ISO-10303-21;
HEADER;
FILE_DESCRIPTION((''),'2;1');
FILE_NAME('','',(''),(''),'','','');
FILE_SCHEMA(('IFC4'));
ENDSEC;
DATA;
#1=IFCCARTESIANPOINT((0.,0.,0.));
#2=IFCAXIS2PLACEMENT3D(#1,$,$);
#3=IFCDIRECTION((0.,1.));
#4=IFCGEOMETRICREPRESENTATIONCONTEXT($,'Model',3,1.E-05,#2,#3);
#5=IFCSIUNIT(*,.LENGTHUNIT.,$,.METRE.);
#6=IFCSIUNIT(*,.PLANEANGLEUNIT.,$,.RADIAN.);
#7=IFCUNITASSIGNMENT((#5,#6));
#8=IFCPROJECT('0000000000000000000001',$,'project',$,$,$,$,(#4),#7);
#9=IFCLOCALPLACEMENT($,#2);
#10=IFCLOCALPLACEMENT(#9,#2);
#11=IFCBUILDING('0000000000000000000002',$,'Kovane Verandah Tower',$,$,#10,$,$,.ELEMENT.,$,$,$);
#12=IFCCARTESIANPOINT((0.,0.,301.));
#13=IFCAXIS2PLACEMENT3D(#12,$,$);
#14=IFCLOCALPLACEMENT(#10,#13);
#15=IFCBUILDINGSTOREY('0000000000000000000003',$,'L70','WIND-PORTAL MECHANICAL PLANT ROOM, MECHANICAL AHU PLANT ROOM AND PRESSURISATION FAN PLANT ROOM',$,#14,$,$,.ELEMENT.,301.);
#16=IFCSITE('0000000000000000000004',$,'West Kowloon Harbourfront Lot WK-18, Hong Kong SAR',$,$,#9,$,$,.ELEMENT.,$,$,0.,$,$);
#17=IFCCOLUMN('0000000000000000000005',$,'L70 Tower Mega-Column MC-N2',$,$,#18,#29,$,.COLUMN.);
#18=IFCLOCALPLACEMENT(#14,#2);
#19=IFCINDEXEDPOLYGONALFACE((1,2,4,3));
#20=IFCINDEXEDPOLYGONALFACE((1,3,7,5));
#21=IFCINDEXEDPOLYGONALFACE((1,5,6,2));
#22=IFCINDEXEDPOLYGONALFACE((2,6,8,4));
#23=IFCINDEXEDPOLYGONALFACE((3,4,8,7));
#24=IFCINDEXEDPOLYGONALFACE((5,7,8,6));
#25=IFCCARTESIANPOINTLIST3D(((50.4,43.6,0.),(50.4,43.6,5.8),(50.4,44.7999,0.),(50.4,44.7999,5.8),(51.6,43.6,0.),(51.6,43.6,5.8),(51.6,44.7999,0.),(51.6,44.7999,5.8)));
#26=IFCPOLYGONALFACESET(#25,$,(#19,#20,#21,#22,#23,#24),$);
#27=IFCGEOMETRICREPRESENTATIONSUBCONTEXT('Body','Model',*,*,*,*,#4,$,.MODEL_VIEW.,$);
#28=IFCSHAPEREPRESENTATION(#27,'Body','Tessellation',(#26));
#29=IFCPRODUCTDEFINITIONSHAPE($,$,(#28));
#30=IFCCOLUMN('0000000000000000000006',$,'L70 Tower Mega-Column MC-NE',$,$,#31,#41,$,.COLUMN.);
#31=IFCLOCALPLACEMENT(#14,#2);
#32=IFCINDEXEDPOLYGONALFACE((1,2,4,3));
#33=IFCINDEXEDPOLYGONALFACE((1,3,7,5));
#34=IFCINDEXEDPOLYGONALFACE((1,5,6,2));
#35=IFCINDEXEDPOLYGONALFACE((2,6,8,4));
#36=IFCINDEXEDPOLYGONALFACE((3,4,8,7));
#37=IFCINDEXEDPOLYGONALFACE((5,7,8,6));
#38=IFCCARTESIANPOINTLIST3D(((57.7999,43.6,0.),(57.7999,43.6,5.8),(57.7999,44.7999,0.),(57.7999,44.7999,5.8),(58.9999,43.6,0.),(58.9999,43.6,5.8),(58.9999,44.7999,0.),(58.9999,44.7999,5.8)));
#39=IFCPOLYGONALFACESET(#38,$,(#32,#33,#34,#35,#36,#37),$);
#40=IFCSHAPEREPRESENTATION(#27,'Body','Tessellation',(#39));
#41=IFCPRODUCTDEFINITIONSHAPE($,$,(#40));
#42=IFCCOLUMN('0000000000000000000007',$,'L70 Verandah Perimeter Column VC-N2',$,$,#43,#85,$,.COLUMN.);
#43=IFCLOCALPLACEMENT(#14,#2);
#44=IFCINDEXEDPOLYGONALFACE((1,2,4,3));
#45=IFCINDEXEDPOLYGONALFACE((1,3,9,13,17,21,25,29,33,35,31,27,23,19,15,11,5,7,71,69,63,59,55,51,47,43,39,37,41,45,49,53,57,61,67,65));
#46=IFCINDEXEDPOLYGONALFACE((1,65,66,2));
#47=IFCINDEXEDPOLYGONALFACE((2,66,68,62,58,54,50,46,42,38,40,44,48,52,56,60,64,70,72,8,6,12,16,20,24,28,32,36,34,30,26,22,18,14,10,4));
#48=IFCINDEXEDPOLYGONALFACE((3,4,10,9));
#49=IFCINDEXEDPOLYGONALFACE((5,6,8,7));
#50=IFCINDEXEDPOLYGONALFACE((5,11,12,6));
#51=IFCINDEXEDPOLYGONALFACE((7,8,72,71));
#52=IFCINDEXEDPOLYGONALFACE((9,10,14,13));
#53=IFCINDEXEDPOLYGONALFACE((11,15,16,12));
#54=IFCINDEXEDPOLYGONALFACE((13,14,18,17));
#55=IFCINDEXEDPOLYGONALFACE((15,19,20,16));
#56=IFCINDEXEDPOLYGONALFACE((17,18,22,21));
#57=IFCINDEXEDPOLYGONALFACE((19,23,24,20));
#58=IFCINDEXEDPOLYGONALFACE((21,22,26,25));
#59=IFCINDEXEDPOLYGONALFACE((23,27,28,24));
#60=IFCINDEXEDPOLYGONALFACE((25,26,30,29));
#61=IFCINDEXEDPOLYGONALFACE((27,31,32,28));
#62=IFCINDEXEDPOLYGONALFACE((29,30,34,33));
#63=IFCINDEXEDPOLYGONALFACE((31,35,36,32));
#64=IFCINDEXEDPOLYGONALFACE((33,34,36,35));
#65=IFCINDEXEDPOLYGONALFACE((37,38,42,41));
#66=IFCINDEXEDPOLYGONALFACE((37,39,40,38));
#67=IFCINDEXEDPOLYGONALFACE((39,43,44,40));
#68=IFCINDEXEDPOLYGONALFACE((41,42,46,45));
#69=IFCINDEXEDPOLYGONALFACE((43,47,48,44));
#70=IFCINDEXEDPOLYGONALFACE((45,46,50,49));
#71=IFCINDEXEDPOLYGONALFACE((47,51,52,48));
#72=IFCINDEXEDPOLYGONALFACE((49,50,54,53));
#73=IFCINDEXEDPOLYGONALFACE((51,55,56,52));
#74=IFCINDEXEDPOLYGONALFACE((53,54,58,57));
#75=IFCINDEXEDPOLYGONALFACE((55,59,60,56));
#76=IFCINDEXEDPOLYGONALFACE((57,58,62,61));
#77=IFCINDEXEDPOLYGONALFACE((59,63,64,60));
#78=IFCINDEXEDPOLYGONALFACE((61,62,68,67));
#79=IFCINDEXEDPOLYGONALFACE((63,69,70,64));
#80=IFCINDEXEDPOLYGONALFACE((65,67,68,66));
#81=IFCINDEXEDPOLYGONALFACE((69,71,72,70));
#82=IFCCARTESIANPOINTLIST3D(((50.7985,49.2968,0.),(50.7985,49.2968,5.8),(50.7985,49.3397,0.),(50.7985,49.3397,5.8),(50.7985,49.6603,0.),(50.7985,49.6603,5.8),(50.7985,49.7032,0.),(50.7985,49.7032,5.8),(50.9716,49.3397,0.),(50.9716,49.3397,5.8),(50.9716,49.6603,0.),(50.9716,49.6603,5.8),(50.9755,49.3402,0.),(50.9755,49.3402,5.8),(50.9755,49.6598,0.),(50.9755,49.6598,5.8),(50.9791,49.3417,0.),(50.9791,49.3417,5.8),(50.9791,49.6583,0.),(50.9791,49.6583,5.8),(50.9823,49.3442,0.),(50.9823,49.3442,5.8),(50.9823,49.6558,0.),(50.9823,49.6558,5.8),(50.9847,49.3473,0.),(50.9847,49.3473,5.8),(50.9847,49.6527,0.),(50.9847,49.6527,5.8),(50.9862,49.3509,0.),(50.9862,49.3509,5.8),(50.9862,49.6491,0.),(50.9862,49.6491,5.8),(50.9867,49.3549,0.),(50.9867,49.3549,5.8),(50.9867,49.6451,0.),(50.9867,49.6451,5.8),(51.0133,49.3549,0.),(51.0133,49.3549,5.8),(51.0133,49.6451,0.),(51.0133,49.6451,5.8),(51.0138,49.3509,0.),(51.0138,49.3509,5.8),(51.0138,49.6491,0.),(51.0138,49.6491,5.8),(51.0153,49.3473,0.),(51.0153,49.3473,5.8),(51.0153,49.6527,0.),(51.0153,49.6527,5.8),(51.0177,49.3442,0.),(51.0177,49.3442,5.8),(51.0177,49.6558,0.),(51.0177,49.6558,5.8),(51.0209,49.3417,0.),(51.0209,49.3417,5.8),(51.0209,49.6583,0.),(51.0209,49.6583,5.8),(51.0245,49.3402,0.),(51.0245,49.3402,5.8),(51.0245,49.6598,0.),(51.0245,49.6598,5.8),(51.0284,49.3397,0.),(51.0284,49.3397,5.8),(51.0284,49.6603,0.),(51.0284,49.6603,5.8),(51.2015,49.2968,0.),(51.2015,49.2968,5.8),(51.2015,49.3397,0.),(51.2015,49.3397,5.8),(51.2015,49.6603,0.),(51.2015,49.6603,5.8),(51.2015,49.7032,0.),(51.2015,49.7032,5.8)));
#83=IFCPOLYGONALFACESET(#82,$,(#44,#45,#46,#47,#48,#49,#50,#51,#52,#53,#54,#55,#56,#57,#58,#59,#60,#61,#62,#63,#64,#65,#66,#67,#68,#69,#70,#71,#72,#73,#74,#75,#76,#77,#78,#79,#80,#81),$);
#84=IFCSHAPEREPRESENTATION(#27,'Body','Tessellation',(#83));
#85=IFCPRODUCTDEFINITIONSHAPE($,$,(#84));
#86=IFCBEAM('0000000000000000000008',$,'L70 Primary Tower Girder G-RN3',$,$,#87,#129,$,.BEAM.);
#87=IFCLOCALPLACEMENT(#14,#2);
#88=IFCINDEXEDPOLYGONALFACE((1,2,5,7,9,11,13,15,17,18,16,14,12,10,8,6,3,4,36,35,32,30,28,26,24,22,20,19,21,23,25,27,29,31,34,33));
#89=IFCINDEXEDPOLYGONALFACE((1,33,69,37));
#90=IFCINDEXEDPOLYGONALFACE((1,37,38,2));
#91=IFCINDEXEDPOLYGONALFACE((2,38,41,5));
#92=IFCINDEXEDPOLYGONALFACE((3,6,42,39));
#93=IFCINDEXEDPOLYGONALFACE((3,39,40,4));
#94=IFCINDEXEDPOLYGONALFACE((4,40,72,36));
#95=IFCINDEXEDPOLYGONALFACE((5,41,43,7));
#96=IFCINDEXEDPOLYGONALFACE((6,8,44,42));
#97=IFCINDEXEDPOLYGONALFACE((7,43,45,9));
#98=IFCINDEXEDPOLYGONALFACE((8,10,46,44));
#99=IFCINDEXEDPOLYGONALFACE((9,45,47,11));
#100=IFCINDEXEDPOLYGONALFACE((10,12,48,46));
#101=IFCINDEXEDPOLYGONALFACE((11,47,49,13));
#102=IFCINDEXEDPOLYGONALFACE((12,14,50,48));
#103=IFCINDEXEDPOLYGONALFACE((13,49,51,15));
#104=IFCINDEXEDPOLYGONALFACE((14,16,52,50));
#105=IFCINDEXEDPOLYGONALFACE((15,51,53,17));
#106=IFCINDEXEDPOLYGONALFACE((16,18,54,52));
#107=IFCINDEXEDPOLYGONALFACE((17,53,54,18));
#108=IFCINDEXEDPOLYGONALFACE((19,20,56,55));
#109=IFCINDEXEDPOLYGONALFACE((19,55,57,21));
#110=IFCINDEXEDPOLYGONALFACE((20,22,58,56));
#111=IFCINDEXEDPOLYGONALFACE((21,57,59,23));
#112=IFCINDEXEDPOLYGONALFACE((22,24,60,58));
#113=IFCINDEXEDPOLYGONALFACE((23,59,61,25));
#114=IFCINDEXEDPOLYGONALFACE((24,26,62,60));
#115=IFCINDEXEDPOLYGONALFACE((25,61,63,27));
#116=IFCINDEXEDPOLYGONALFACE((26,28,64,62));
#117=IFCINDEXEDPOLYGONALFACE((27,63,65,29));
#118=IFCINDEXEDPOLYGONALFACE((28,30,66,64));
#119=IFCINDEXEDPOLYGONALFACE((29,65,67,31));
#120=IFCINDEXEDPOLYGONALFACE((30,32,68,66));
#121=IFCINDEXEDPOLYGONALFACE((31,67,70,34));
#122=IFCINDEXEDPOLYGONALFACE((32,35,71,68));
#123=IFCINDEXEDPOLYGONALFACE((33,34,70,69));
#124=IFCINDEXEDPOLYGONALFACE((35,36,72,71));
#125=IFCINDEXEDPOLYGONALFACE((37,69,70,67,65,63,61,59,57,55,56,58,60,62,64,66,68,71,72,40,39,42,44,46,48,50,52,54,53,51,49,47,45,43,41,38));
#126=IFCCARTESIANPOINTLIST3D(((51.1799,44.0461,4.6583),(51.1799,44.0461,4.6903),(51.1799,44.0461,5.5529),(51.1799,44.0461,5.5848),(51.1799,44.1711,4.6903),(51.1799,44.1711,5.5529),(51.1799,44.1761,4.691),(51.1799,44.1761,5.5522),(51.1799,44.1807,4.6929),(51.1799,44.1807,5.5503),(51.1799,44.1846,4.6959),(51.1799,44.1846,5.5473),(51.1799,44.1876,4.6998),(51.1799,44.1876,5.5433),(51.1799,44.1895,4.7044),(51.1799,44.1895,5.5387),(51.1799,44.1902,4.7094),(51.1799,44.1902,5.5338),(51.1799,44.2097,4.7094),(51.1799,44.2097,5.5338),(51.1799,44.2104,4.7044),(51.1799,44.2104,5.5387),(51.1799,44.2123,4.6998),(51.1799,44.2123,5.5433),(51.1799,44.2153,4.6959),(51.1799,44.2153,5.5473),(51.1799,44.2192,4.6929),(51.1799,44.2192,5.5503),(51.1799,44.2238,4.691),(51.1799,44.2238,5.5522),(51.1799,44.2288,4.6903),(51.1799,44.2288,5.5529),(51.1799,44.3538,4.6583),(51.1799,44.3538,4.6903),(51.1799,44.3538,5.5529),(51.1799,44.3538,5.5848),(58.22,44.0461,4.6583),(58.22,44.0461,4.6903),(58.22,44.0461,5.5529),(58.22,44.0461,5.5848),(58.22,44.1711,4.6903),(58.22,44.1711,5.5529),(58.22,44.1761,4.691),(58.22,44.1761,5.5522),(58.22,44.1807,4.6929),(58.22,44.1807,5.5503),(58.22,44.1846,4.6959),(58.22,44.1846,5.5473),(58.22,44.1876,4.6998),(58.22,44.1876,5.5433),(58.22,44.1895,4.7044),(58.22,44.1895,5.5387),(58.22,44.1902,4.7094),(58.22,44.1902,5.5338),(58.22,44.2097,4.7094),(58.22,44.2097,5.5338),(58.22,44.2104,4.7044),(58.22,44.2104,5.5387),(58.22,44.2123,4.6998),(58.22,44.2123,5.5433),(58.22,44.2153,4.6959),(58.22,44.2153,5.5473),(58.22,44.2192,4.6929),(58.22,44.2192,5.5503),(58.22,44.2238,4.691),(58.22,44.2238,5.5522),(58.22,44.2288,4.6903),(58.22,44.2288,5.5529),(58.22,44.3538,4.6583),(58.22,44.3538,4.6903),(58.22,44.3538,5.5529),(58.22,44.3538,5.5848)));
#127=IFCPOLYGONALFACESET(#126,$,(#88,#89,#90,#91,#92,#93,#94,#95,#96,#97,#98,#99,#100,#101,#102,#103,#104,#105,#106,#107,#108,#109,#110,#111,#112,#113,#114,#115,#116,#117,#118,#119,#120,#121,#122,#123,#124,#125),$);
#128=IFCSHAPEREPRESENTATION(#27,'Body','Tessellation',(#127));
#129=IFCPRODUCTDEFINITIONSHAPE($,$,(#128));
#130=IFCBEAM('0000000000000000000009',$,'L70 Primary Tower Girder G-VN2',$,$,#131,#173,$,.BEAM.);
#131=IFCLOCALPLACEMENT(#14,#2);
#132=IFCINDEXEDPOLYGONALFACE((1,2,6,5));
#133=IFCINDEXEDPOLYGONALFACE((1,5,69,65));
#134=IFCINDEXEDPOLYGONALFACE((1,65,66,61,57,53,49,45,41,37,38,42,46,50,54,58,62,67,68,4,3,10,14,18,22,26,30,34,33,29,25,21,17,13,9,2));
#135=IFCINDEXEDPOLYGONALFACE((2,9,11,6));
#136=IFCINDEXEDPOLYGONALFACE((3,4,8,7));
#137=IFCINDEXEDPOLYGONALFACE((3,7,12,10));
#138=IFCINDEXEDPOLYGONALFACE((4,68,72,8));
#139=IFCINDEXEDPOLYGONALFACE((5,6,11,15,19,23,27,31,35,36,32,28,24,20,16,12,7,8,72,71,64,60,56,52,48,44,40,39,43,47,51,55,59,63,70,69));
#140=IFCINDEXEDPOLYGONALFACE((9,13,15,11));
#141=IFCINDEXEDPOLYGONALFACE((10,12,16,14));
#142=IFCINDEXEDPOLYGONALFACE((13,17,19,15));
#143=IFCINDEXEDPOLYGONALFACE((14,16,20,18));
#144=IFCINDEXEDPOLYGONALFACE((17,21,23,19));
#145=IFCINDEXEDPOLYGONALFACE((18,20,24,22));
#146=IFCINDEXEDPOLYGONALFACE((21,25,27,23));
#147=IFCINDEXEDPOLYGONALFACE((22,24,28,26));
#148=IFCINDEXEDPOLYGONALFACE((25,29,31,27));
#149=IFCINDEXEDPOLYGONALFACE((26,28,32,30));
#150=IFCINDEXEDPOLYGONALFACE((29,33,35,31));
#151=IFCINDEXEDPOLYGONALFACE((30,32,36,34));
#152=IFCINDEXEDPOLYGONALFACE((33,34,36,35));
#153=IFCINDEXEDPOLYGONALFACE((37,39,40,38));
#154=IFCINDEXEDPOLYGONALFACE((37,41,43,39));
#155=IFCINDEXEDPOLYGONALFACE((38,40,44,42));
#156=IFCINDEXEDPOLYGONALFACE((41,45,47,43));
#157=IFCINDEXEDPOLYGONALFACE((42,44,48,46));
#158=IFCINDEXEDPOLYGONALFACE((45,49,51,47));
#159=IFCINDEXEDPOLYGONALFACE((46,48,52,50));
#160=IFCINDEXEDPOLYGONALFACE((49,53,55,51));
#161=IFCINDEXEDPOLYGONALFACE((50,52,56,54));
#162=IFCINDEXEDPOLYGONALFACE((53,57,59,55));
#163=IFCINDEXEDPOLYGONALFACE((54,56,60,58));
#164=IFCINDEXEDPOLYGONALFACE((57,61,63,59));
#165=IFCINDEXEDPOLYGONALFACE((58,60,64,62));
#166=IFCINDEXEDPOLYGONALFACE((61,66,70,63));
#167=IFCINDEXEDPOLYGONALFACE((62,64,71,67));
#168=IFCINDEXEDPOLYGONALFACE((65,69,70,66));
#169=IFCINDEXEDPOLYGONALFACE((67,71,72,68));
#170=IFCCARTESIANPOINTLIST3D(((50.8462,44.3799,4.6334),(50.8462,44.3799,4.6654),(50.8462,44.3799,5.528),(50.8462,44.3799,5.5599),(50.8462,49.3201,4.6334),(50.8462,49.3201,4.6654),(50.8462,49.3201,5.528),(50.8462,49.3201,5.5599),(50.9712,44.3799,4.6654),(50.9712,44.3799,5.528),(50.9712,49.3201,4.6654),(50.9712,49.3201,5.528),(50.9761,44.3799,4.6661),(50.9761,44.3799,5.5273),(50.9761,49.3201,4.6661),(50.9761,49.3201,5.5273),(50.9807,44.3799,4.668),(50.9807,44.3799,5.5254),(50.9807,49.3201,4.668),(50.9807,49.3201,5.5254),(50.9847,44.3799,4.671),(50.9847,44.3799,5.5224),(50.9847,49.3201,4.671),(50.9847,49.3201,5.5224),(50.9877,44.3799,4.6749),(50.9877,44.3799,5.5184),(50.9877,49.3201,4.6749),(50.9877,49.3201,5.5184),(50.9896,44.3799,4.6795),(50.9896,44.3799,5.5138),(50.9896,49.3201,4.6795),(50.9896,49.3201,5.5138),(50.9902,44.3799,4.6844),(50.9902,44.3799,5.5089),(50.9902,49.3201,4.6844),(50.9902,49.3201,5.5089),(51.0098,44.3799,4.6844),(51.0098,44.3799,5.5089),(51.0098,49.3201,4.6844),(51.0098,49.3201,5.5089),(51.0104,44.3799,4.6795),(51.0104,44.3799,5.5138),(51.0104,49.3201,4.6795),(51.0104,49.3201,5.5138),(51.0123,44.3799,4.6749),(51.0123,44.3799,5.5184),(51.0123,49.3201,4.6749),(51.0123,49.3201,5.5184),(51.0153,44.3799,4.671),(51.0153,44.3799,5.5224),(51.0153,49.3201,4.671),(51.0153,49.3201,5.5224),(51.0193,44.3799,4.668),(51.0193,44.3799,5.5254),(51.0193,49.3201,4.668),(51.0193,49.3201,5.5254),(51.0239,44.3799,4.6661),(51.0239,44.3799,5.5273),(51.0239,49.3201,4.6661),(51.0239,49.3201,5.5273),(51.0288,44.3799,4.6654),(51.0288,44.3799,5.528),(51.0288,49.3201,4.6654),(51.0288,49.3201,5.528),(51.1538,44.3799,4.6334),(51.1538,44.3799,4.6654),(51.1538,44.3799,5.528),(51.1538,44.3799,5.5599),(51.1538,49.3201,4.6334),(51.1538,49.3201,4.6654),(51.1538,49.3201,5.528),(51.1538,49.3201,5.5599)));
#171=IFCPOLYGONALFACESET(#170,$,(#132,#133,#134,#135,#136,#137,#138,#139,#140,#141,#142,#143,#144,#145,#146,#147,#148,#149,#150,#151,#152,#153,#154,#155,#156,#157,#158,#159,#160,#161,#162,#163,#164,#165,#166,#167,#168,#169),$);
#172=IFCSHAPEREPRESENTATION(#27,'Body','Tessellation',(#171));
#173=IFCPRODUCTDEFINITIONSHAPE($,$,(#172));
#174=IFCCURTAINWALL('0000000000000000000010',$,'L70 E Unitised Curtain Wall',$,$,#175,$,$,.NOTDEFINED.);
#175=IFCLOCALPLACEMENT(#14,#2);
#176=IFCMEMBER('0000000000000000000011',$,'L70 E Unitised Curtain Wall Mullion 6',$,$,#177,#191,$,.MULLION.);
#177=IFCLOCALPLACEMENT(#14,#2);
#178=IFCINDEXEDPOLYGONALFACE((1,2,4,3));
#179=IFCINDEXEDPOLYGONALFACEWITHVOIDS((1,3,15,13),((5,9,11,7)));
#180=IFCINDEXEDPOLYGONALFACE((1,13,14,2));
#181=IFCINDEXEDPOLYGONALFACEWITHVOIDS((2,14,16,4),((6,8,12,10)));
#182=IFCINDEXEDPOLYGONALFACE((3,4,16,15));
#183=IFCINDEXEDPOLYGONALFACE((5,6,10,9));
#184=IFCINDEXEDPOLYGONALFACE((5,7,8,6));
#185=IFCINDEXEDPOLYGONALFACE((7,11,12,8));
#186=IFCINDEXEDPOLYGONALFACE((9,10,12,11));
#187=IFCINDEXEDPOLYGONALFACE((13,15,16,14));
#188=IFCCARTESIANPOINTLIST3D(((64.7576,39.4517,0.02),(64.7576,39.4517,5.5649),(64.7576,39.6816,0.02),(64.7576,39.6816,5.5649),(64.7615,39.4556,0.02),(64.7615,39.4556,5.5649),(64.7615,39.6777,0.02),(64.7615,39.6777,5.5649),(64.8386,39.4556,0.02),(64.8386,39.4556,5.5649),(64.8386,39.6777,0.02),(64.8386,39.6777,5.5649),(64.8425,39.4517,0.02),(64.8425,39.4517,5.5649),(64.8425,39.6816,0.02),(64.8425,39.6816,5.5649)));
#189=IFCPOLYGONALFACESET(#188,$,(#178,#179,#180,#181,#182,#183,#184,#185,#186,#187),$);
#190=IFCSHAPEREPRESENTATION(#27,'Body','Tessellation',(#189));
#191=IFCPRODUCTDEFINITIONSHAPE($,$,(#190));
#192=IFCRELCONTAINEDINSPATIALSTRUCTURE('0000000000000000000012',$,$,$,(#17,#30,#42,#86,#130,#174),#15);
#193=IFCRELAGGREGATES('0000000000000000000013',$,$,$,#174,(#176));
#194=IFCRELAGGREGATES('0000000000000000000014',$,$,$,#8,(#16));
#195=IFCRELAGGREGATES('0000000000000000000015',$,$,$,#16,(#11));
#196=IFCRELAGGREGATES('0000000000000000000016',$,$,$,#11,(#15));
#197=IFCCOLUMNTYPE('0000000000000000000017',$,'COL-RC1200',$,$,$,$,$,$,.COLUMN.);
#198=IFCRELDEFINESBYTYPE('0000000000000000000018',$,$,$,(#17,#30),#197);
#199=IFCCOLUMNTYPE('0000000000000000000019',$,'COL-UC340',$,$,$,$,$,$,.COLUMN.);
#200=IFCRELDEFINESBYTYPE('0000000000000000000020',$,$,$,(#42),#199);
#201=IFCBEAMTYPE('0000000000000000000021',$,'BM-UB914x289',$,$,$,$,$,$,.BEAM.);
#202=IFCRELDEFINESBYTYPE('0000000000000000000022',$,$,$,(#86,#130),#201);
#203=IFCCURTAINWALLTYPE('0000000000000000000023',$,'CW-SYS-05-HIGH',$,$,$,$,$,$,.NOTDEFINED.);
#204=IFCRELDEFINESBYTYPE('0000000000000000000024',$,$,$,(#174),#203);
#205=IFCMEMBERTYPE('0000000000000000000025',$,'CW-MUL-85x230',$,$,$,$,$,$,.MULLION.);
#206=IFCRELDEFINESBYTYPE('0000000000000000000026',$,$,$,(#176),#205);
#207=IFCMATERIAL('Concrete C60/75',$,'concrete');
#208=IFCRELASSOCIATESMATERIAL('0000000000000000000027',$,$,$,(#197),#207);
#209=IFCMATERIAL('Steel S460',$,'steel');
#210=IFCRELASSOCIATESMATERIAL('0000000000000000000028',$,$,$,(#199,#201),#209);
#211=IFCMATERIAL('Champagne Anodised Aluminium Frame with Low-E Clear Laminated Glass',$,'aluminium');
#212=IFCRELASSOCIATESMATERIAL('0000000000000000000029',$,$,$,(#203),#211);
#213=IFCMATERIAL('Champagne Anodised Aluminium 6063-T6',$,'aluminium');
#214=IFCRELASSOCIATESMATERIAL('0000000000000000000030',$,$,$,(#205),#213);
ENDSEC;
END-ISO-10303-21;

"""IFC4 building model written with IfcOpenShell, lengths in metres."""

from ifc_helpers import new_model, si_unit, direction, frame, origin, origin_2d, place, context, subcontext, project, spatial, rectangle, hollow_rectangle, i_section, extrude, material, material_profile, profile_set, type_object, element, aggregate, save


model = new_model("IFC4")

# Units and contexts
model_context = context("Model", 3, precision=1e-05, world=origin(), true_north=direction((0.0, 1.0)))
body_context = subcontext(model_context, "Body", "Model", "MODEL_VIEW")
ifc_project = project(units=[si_unit("LENGTHUNIT", "METRE"), si_unit("PLANEANGLEUNIT", "RADIAN")], contexts=[model_context])

# Site, building, storey
site_placement = place(None, origin())
site = spatial("IfcSite", under=ifc_project, at=site_placement, Name="West Kowloon Harbourfront Lot WK-18, Hong Kong SAR", CompositionType="ELEMENT", RefElevation=0.0)
building_placement = place(site_placement, origin())
building = spatial("IfcBuilding", under=site, at=building_placement, Name="Kovane Verandah Tower", CompositionType="ELEMENT")
storey_placement = place(building_placement, frame((0.0, 0.0, 301.0)))
storey = spatial("IfcBuildingStorey", under=building, at=storey_placement, Name="L70", Description="WIND-PORTAL MECHANICAL PLANT ROOM, MECHANICAL AHU PLANT ROOM AND PRESSURISATION FAN PLANT ROOM", CompositionType="ELEMENT", Elevation=301.0)

# Columns
ifc_material_1 = material(Name="Concrete C60/75", Category="concrete")
ifc_material_profile_1 = material_profile(ifc_material_1, rectangle(XDim=1.2, YDim=1.2, at=origin_2d()), Name="RC1200x1200")
ifc_profile_set_1 = profile_set([ifc_material_profile_1], Name="Concrete C60/75")
column_type_1 = type_object("IfcColumnType", Name="COL-RC1200", PredefinedType="COLUMN", material=ifc_profile_set_1)
for number, where, z_axis, x_axis, name in (
    (1, (51.0, 44.2, 0.0), (0.0, 0.0, 1.0), (1.0, 0.0, 0.0), "L70 Tower Mega-Column MC-N2"),
    (2, (58.3999, 44.2, 0.0), (0.0, 0.0, 1.0), (1.0, 0.0, 0.0), "L70 Tower Mega-Column MC-NE"),
):
    element("IfcColumn", number, at=place(storey_placement, frame(where, z_axis=z_axis, x_axis=x_axis)), inside=storey, type_object=column_type_1, Name=name, PredefinedType="COLUMN", context=body_context, shape_type="SweptSolid", body=[
        extrude(rectangle(XDim=1.2, YDim=1.2, at=origin_2d()), origin(), (0.0, 0.0, 1.0), 5.8),
    ])
ifc_material_2 = material(Name="Steel S460", Category="steel")
ifc_material_profile_2 = material_profile(ifc_material_2, i_section(OverallWidth=0.4031, OverallDepth=0.4065, WebThickness=0.0266, FlangeThickness=0.043, FilletRadius=0.0151, at=origin_2d()), Name="UC356x406x340")
ifc_profile_set_2 = profile_set([ifc_material_profile_2], Name="Steel S460")
column_type_2 = type_object("IfcColumnType", Name="COL-UC340", PredefinedType="COLUMN", material=ifc_profile_set_2)
column_placement = place(storey_placement, frame((51.0, 49.5, 0.0), z_axis=(0.0, 0.0, 1.0), x_axis=(1.0, 0.0, 0.0)))
element("IfcColumn", 3, at=column_placement, inside=storey, type_object=column_type_2, Name="L70 Verandah Perimeter Column VC-N2", PredefinedType="COLUMN", context=body_context, shape_type="SweptSolid", body=[
    extrude(i_section(OverallWidth=0.4031, OverallDepth=0.4065, WebThickness=0.0266, FlangeThickness=0.043, FilletRadius=0.0151, at=origin_2d()), origin(), (0.0, 0.0, 1.0), 5.8),
])

# Beams
ifc_material_profile_3 = material_profile(ifc_material_2, i_section(OverallWidth=0.3076, OverallDepth=0.9265, WebThickness=0.0195, FlangeThickness=0.032, FilletRadius=0.019, at=origin_2d()), Name="UB914x305x289")
ifc_profile_set_3 = profile_set([ifc_material_profile_3], Name="Steel S460")
beam_type = type_object("IfcBeamType", Name="BM-UB914x289", PredefinedType="BEAM", material=ifc_profile_set_3)
beam_1_placement = place(storey_placement, frame((51.1799, 44.2, 5.1216), z_axis=(1.0, 0.0, 0.0), x_axis=(0.0, 1.0, 0.0)))
element("IfcBeam", 4, at=beam_1_placement, inside=storey, type_object=beam_type, Name="L70 Primary Tower Girder G-RN3", PredefinedType="BEAM", context=body_context, shape_type="SweptSolid", body=[
    extrude(i_section(OverallWidth=0.3076, OverallDepth=0.9265, WebThickness=0.0195, FlangeThickness=0.032, FilletRadius=0.019, at=origin_2d()), origin(), (0.0, 0.0, 1.0), 7.04),
])
beam_2_placement = place(storey_placement, frame((51.0, 44.3799, 5.0967), z_axis=(0.0, 1.0, 0.0), x_axis=(-1.0, 0.0, 0.0)))
element("IfcBeam", 5, at=beam_2_placement, inside=storey, type_object=beam_type, Name="L70 Primary Tower Girder G-VN2", PredefinedType="BEAM", context=body_context, shape_type="SweptSolid", body=[
    extrude(i_section(OverallWidth=0.3076, OverallDepth=0.9265, WebThickness=0.0195, FlangeThickness=0.032, FilletRadius=0.019, at=origin_2d()), origin(), (0.0, 0.0, 1.0), 4.9402),
])

# Curtain wall, member
ifc_material_3 = material(Name="Champagne Anodised Aluminium Frame with Low-E Clear Laminated Glass", Category="aluminium")
curtain_wall_type = type_object("IfcCurtainWallType", Name="CW-SYS-05-HIGH", PredefinedType="NOTDEFINED", material=ifc_material_3)
curtain_wall_1_placement = place(storey_placement, origin())
curtain_wall_1 = element("IfcCurtainWall", 6, at=curtain_wall_1_placement, inside=storey, type_object=curtain_wall_type, Name="L70 E Unitised Curtain Wall", PredefinedType="NOTDEFINED")
ifc_material_4 = material(Name="Champagne Anodised Aluminium 6063-T6", Category="aluminium")
ifc_material_profile_4 = material_profile(ifc_material_4, hollow_rectangle(XDim=0.085, YDim=0.23, WallThickness=0.0039, at=origin_2d()), Name="AL85x230x4")
ifc_profile_set_4 = profile_set([ifc_material_profile_4], Name="Champagne Anodised Aluminium 6063-T6")
member_type_1 = type_object("IfcMemberType", Name="CW-MUL-85x230", PredefinedType="MULLION", material=ifc_profile_set_4)
member_1_placement = place(storey_placement, frame((64.8, 39.5667, 0.02), z_axis=(0.0, 0.0, 1.0), x_axis=(1.0, 0.0, 0.0)))
member_1 = element("IfcMember", 7, at=member_1_placement, type_object=member_type_1, Name="L70 E Unitised Curtain Wall Mullion 6", PredefinedType="MULLION", context=body_context, shape_type="SweptSolid", body=[
    extrude(hollow_rectangle(XDim=0.085, YDim=0.23, WallThickness=0.0039, at=origin_2d()), origin(), (0.0, 0.0, 1.0), 5.5449),
])

aggregate(curtain_wall_1, [member_1])

save(model, "model.ifc")
